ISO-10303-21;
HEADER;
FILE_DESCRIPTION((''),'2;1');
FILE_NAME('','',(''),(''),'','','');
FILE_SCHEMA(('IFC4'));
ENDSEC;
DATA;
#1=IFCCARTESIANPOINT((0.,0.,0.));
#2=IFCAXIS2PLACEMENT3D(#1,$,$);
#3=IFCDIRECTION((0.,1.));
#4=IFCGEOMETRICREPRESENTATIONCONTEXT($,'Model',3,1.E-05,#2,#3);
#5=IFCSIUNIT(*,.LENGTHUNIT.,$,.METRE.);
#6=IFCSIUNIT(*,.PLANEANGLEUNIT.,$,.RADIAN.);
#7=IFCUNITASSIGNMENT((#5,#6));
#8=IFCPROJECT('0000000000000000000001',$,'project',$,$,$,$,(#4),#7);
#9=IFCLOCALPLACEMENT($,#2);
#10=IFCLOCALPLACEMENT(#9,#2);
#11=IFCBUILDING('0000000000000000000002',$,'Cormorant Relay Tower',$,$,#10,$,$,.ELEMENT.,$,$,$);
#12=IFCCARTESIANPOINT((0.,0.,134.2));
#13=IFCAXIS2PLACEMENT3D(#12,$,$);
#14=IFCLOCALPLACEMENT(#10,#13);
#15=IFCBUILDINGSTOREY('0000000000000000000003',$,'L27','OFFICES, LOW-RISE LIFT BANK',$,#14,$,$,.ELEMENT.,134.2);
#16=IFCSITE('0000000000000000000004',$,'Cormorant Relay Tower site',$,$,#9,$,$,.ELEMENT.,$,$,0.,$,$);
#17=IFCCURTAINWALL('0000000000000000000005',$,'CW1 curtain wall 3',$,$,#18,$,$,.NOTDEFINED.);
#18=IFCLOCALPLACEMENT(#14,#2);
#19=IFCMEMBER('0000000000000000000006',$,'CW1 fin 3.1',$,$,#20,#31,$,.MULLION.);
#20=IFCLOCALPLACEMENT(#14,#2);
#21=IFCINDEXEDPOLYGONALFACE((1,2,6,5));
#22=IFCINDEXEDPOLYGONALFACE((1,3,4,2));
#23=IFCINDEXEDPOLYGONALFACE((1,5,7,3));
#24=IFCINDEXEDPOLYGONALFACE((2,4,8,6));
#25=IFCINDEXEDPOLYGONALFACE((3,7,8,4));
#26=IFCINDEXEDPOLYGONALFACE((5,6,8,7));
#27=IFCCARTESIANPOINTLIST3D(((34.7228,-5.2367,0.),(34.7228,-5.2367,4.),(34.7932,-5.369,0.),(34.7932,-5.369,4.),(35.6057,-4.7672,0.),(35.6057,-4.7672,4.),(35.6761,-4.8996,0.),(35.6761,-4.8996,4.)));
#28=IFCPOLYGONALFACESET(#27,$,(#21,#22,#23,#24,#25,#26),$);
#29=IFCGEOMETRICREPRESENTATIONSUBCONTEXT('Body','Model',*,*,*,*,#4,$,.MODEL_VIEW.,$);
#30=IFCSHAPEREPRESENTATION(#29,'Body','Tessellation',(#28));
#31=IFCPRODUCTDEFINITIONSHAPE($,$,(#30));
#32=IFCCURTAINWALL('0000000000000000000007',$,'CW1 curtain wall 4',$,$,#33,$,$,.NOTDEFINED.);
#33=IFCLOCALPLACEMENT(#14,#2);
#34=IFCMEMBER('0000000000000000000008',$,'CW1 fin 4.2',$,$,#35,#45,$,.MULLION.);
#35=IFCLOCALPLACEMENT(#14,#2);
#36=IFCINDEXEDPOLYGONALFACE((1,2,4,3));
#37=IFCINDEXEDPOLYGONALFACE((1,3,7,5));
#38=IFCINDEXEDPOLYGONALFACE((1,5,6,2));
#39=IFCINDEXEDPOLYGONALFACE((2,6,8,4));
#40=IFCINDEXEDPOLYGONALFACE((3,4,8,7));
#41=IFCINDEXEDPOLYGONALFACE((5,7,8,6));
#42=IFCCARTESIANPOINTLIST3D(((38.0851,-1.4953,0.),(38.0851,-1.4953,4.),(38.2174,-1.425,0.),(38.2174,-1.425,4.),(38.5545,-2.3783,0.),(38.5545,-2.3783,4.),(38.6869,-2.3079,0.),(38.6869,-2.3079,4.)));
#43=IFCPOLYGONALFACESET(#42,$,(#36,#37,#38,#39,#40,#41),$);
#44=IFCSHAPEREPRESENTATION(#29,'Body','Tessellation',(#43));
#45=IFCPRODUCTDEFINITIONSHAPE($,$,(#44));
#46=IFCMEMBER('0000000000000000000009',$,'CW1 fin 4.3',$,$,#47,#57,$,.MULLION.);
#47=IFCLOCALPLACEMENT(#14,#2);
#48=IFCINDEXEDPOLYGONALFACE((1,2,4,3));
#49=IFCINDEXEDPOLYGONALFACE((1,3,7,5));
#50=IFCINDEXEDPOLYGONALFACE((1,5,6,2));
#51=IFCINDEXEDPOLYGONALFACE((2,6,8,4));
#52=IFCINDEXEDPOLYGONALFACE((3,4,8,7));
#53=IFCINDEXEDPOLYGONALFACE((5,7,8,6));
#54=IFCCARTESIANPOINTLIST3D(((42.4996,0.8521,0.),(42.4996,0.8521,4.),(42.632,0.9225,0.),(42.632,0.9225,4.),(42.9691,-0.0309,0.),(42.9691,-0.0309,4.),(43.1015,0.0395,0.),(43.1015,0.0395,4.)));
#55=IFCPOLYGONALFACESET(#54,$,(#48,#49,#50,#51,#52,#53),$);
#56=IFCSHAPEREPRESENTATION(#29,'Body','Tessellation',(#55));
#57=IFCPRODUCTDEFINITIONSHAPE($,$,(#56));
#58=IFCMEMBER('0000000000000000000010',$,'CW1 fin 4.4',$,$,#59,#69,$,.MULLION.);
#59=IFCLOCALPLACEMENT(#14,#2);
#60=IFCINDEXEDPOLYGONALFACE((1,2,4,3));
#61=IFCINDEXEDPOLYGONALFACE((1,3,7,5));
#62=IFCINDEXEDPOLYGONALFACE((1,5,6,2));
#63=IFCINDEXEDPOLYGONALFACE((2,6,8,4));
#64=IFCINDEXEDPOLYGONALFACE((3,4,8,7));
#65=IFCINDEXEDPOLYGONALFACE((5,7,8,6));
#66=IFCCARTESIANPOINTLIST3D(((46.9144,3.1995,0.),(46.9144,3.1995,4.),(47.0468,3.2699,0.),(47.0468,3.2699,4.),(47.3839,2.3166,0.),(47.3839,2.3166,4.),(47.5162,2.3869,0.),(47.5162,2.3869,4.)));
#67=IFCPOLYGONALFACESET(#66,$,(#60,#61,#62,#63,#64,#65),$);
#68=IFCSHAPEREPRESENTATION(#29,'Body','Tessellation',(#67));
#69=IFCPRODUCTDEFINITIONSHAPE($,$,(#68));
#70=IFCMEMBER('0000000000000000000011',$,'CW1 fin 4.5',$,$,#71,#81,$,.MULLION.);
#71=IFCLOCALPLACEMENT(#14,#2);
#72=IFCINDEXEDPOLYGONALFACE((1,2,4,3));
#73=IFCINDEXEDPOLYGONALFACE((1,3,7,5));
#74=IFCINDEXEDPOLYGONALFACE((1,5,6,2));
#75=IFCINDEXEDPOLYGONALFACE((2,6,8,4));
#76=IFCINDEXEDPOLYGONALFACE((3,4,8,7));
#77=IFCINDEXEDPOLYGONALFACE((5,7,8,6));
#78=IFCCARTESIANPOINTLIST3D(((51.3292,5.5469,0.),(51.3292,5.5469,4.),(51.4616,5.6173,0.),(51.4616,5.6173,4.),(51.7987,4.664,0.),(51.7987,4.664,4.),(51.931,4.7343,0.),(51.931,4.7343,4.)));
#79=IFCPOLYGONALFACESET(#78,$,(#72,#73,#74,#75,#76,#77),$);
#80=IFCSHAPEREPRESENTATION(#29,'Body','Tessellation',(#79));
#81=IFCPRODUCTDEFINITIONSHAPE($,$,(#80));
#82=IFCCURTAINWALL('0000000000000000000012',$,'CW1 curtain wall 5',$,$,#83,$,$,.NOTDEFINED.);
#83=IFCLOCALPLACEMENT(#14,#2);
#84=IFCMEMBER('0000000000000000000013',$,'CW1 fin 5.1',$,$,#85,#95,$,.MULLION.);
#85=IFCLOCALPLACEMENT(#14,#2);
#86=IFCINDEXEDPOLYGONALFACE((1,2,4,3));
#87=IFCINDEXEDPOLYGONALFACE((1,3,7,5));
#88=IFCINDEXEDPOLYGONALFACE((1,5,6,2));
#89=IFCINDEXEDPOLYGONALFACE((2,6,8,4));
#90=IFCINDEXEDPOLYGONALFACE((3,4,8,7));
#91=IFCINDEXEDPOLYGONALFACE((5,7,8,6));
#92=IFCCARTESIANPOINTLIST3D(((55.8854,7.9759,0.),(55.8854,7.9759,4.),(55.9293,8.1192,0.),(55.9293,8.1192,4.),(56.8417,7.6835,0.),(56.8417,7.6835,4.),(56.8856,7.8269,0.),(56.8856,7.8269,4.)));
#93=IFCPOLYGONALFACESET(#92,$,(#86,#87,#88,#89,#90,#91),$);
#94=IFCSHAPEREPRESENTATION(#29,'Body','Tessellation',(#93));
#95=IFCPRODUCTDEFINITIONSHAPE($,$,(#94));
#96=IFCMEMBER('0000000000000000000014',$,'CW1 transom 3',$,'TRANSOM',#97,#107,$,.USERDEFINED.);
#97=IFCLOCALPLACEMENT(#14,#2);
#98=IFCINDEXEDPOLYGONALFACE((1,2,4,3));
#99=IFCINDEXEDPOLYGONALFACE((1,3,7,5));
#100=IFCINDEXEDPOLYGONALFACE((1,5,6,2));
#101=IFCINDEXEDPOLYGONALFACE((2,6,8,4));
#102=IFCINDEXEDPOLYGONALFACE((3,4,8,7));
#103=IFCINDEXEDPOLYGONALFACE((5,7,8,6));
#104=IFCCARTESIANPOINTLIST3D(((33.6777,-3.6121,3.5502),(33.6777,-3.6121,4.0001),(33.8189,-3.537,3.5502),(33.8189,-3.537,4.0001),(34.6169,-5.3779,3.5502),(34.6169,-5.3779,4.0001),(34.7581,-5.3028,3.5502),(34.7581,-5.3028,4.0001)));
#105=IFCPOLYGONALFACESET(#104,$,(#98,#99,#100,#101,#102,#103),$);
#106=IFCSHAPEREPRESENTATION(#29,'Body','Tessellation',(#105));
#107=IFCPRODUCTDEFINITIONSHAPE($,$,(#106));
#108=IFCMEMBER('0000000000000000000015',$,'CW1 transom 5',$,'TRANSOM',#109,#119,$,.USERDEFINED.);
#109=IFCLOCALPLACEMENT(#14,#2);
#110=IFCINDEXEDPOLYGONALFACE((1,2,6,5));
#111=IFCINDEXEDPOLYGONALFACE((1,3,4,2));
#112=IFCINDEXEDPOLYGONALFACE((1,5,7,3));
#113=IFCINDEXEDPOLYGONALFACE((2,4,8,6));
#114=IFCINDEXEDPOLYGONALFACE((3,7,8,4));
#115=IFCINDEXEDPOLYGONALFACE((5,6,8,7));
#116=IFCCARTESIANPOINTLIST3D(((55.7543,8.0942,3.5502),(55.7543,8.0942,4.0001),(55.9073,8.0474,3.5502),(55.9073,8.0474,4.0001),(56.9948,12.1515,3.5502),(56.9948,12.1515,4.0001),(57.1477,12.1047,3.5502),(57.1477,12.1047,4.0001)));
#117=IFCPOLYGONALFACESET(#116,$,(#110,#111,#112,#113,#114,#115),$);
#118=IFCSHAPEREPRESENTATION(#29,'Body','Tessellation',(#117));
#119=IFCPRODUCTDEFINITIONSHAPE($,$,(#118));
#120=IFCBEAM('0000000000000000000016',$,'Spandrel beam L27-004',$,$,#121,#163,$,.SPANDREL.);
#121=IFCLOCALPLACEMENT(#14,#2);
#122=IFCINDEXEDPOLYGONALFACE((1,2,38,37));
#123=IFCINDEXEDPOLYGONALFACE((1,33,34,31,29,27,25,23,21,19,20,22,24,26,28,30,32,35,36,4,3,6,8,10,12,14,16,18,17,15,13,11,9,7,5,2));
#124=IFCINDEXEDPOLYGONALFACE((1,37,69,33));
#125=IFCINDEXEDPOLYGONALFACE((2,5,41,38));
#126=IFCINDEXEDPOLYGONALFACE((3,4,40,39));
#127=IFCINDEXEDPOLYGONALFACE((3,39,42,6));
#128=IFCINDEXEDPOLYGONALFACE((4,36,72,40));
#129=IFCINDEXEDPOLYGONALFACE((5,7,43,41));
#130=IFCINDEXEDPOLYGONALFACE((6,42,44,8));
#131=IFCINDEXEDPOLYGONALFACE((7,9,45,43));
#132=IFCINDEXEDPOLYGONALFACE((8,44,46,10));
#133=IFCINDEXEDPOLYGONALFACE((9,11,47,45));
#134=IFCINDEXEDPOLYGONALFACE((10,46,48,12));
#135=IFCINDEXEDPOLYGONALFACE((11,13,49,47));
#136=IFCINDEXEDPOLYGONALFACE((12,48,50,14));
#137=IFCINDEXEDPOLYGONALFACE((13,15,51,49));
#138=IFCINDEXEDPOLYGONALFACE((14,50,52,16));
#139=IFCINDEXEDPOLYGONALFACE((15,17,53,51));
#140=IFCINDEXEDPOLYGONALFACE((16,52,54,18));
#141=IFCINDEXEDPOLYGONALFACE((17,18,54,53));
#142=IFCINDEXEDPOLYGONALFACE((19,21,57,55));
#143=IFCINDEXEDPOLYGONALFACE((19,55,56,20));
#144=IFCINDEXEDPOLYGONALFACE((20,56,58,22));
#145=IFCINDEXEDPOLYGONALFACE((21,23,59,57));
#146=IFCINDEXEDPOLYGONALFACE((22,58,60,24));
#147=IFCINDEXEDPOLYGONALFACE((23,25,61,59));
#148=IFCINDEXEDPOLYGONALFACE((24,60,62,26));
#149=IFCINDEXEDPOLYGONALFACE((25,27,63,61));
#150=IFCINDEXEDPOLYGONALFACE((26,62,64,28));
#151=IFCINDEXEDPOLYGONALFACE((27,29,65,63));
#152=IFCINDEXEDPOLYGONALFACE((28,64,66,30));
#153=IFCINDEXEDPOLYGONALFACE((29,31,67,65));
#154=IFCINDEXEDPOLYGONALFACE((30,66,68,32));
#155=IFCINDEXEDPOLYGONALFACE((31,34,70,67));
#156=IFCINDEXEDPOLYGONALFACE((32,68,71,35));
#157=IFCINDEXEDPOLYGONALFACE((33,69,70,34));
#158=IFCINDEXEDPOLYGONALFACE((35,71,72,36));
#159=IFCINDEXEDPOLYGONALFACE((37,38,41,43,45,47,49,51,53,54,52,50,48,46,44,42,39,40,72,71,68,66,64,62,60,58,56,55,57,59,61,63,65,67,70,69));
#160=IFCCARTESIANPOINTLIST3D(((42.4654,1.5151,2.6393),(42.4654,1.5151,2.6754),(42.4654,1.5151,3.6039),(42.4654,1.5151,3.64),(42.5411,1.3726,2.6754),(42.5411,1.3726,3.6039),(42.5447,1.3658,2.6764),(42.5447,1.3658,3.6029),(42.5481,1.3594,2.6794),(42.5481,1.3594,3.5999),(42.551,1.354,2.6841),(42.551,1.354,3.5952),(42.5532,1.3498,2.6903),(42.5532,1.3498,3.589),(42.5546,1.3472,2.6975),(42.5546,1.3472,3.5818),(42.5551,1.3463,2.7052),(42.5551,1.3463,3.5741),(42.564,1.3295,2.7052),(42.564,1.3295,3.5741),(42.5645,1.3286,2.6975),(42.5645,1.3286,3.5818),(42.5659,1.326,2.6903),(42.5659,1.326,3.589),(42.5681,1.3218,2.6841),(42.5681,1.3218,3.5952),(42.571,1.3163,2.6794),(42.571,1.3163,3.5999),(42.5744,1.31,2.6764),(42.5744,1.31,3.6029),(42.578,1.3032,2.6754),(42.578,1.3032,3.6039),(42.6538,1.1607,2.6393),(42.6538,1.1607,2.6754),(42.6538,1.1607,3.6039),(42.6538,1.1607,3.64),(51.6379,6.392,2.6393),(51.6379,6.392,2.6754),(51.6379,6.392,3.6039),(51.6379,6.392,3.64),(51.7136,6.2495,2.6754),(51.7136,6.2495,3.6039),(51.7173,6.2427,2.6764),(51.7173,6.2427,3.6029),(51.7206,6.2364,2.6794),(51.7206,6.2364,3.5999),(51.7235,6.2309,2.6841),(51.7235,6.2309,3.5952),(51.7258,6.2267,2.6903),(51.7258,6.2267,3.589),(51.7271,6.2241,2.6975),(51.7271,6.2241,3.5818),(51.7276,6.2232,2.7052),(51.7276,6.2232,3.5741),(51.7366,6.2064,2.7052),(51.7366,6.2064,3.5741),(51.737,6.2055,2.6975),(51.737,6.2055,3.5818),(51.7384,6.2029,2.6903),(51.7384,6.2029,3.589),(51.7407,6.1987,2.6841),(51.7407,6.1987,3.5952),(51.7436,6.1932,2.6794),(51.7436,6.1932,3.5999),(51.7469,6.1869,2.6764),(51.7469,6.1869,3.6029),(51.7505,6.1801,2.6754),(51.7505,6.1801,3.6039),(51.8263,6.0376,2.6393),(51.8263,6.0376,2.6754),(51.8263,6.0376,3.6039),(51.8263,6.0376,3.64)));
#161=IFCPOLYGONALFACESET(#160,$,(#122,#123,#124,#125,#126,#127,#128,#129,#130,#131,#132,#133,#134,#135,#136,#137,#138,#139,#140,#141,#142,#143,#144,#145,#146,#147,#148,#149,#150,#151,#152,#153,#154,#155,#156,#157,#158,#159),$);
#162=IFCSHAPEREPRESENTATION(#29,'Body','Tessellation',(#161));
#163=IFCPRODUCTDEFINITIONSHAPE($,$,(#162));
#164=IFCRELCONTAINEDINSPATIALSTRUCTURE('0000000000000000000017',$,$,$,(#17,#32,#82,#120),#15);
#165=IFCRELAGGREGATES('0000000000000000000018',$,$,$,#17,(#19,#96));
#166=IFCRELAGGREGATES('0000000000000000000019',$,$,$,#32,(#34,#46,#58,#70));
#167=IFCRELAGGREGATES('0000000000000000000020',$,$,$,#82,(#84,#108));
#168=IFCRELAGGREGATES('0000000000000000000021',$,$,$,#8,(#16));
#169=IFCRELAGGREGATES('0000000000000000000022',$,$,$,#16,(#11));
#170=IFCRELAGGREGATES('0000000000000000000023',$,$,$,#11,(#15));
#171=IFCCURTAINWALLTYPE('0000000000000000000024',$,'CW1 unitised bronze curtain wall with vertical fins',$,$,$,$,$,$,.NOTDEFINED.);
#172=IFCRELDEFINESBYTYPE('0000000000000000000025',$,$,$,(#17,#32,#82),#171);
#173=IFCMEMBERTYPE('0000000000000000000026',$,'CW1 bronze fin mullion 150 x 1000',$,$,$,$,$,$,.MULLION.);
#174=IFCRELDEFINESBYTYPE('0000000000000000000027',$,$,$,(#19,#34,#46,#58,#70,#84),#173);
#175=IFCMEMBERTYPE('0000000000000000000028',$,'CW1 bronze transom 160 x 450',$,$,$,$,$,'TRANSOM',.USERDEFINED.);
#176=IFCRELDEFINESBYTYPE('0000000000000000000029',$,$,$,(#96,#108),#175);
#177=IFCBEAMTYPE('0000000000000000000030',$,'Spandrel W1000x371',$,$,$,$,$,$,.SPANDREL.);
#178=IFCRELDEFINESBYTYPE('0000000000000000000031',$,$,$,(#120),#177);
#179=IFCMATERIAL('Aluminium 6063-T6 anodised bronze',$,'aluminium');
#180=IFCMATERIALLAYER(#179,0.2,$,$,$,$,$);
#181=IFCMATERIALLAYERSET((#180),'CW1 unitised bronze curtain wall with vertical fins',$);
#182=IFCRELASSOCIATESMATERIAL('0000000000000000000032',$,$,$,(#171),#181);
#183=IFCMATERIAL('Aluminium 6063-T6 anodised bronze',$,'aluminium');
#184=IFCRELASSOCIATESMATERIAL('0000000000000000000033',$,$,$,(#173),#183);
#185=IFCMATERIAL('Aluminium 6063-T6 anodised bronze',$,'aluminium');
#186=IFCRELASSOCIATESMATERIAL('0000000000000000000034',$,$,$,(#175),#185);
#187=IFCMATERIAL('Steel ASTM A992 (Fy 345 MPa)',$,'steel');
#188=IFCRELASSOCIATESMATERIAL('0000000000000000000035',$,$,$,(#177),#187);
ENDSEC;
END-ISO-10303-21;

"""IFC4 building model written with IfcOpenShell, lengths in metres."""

from ifc_helpers import new_model, si_unit, direction, frame, origin, origin_2d, place, context, subcontext, project, spatial, rectangle, i_section, extrude, material, layer, layer_set, material_profile, profile_set, type_object, element, aggregate, save


model = new_model("IFC4")

# Units and contexts
model_context = context("Model", 3, precision=1e-05, world=origin(), true_north=direction((0.0, 1.0)))
body_context = subcontext(model_context, "Body", "Model", "MODEL_VIEW")
ifc_project = project(units=[si_unit("LENGTHUNIT", "METRE"), si_unit("PLANEANGLEUNIT", "RADIAN")], contexts=[model_context])

# Site, building, storey
site_placement = place(None, origin())
site = spatial("IfcSite", under=ifc_project, at=site_placement, Name="Cormorant Relay Tower site", CompositionType="ELEMENT", RefElevation=0.0)
building_placement = place(site_placement, origin())
building = spatial("IfcBuilding", under=site, at=building_placement, Name="Cormorant Relay Tower", CompositionType="ELEMENT")
storey_placement = place(building_placement, frame((0.0, 0.0, 134.2)))
storey = spatial("IfcBuildingStorey", under=building, at=storey_placement, Name="L27", Description="OFFICES, LOW-RISE LIFT BANK", CompositionType="ELEMENT", Elevation=134.2)

# Curtain wall, member
ifc_material_1 = material(Name="Aluminium 6063-T6 anodised bronze", Category="aluminium")
ifc_layer_1 = layer(ifc_material_1, 0.2)
ifc_layer_set_1 = layer_set([ifc_layer_1], Name="CW1 unitised bronze curtain wall with vertical fins")
curtain_wall_type = type_object("IfcCurtainWallType", Name="CW1 unitised bronze curtain wall with vertical fins", PredefinedType="NOTDEFINED", material=ifc_layer_set_1)
curtain_wall_1_placement = place(storey_placement, origin())
curtain_wall_1 = element("IfcCurtainWall", 1, at=curtain_wall_1_placement, inside=storey, type_object=curtain_wall_type, Name="CW1 curtain wall 3", PredefinedType="NOTDEFINED")
ifc_material_2 = material(Name="Aluminium 6063-T6 anodised bronze", Category="aluminium")
ifc_material_profile_1 = material_profile(ifc_material_2, rectangle(XDim=0.1499, YDim=1.0, at=origin_2d()), Name="AL 150x1000")
ifc_profile_set_1 = profile_set([ifc_material_profile_1], Name="Aluminium 6063-T6 anodised bronze")
member_type_1 = type_object("IfcMemberType", Name="CW1 bronze fin mullion 150 x 1000", PredefinedType="MULLION", material=ifc_profile_set_1)
member_1_placement = place(storey_placement, frame((35.1995, -5.0681, 0.0), z_axis=(0.0, 0.0, 1.0), x_axis=(-0.469472, 0.882948, 0.0)))
member_1 = element("IfcMember", 2, at=member_1_placement, type_object=member_type_1, Name="CW1 fin 3.1", PredefinedType="MULLION", context=body_context, shape_type="SweptSolid", body=[
    extrude(rectangle(XDim=0.1499, YDim=1.0, at=origin_2d()), origin(), (0.0, 0.0, 1.0), 4.0),
])

# Curtain wall, members
curtain_wall_2_placement = place(storey_placement, origin())
curtain_wall_2 = element("IfcCurtainWall", 3, at=curtain_wall_2_placement, inside=storey, type_object=curtain_wall_type, Name="CW1 curtain wall 4", PredefinedType="NOTDEFINED")
member_2_placement = place(storey_placement, frame((38.386, -1.9016, 0.0), z_axis=(0.0, 0.0, 1.0), x_axis=(0.882948, 0.469472, 0.0)))
member_2 = element("IfcMember", 4, at=member_2_placement, type_object=member_type_1, Name="CW1 fin 4.2", PredefinedType="MULLION", context=body_context, shape_type="SweptSolid", body=[
    extrude(rectangle(XDim=0.1499, YDim=1.0, at=origin_2d()), origin(), (0.0, 0.0, 1.0), 4.0),
])
member_3_placement = place(storey_placement, frame((42.8005, 0.4458, 0.0), z_axis=(0.0, 0.0, 1.0), x_axis=(0.882948, 0.469472, 0.0)))
member_3 = element("IfcMember", 5, at=member_3_placement, type_object=member_type_1, Name="CW1 fin 4.3", PredefinedType="MULLION", context=body_context, shape_type="SweptSolid", body=[
    extrude(rectangle(XDim=0.1499, YDim=1.0, at=origin_2d()), origin(), (0.0, 0.0, 1.0), 4.0),
])
member_4_placement = place(storey_placement, frame((47.2153, 2.7932, 0.0), z_axis=(0.0, 0.0, 1.0), x_axis=(0.882948, 0.469472, 0.0)))
member_4 = element("IfcMember", 6, at=member_4_placement, type_object=member_type_1, Name="CW1 fin 4.4", PredefinedType="MULLION", context=body_context, shape_type="SweptSolid", body=[
    extrude(rectangle(XDim=0.1499, YDim=1.0, at=origin_2d()), origin(), (0.0, 0.0, 1.0), 4.0),
])
member_5_placement = place(storey_placement, frame((51.6301, 5.1406, 0.0), z_axis=(0.0, 0.0, 1.0), x_axis=(0.882948, 0.469472, 0.0)))
member_5 = element("IfcMember", 7, at=member_5_placement, type_object=member_type_1, Name="CW1 fin 4.5", PredefinedType="MULLION", context=body_context, shape_type="SweptSolid", body=[
    extrude(rectangle(XDim=0.1499, YDim=1.0, at=origin_2d()), origin(), (0.0, 0.0, 1.0), 4.0),
])

# Curtain wall, member
curtain_wall_3_placement = place(storey_placement, origin())
curtain_wall_3 = element("IfcCurtainWall", 8, at=curtain_wall_3_placement, inside=storey, type_object=curtain_wall_type, Name="CW1 curtain wall 5", PredefinedType="NOTDEFINED")
member_6_placement = place(storey_placement, frame((56.3855, 7.9014, 0.0), z_axis=(0.0, 0.0, 1.0), x_axis=(0.292372, 0.956305, 0.0)))
member_6 = element("IfcMember", 9, at=member_6_placement, type_object=member_type_1, Name="CW1 fin 5.1", PredefinedType="MULLION", context=body_context, shape_type="SweptSolid", body=[
    extrude(rectangle(XDim=0.1499, YDim=1.0, at=origin_2d()), origin(), (0.0, 0.0, 1.0), 4.0),
])

# Members
ifc_material_3 = material(Name="Aluminium 6063-T6 anodised bronze", Category="aluminium")
ifc_material_profile_2 = material_profile(ifc_material_3, rectangle(XDim=0.1599, YDim=0.45, at=origin_2d()), Name="AL 160x450")
ifc_profile_set_2 = profile_set([ifc_material_profile_2], Name="Aluminium 6063-T6 anodised bronze")
member_type_2 = type_object("IfcMemberType", Name="CW1 bronze transom 160 x 450", ElementType="TRANSOM", PredefinedType="USERDEFINED", material=ifc_profile_set_2)
member_7_placement = place(storey_placement, frame((34.6875, -5.3403, 3.7751), z_axis=(-0.469581, 0.88289, 0.0), x_axis=(-0.88289, -0.469581, 0.0)))
member_7 = element("IfcMember", 10, at=member_7_placement, type_object=member_type_2, Name="CW1 transom 3", ObjectType="TRANSOM", PredefinedType="USERDEFINED", context=body_context, shape_type="SweptSolid", body=[
    extrude(rectangle(XDim=0.1599, YDim=0.45, at=origin_2d()), origin(), (0.0, 0.0, 1.0), 2.0),
])
aggregate(curtain_wall_1, [member_1, member_7])
member_8_placement = place(storey_placement, frame((55.8308, 8.0708, 3.7751), z_axis=(0.292375, 0.956304, 0.0), x_axis=(-0.956304, 0.292375, 0.0)))
member_8 = element("IfcMember", 11, at=member_8_placement, type_object=member_type_2, Name="CW1 transom 5", ObjectType="TRANSOM", PredefinedType="USERDEFINED", context=body_context, shape_type="SweptSolid", body=[
    extrude(rectangle(XDim=0.1599, YDim=0.45, at=origin_2d()), origin(), (0.0, 0.0, 1.0), 4.2427),
])

# Beam
ifc_material_4 = material(Name="Steel ASTM A992 (Fy 345 MPa)", Category="steel")
ifc_material_profile_3 = material_profile(ifc_material_4, i_section(OverallWidth=0.4014, OverallDepth=1.0007, WebThickness=0.019, FlangeThickness=0.0361, FilletRadius=0.0298, at=origin_2d()), Name="W1000x371")
ifc_profile_set_3 = profile_set([ifc_material_profile_3], Name="Steel ASTM A992 (Fy 345 MPa)")
beam_type = type_object("IfcBeamType", Name="Spandrel W1000x371", PredefinedType="SPANDREL", material=ifc_profile_set_3)
beam_1_placement = place(storey_placement, frame((42.5596, 1.3379, 3.1396), z_axis=(0.882956, 0.469456, 0.0), x_axis=(-0.469456, 0.882956, 0.0)))
element("IfcBeam", 12, at=beam_1_placement, inside=storey, type_object=beam_type, Name="Spandrel beam L27-004", PredefinedType="SPANDREL", context=body_context, shape_type="SweptSolid", body=[
    extrude(i_section(OverallWidth=0.4014, OverallDepth=1.0007, WebThickness=0.019, FlangeThickness=0.0361, FilletRadius=0.0298, at=origin_2d()), origin(), (0.0, 0.0, 1.0), 10.3884),
])

aggregate(curtain_wall_2, [member_2, member_3, member_4, member_5])
aggregate(curtain_wall_3, [member_6, member_8])

save(model, "model.ifc")
